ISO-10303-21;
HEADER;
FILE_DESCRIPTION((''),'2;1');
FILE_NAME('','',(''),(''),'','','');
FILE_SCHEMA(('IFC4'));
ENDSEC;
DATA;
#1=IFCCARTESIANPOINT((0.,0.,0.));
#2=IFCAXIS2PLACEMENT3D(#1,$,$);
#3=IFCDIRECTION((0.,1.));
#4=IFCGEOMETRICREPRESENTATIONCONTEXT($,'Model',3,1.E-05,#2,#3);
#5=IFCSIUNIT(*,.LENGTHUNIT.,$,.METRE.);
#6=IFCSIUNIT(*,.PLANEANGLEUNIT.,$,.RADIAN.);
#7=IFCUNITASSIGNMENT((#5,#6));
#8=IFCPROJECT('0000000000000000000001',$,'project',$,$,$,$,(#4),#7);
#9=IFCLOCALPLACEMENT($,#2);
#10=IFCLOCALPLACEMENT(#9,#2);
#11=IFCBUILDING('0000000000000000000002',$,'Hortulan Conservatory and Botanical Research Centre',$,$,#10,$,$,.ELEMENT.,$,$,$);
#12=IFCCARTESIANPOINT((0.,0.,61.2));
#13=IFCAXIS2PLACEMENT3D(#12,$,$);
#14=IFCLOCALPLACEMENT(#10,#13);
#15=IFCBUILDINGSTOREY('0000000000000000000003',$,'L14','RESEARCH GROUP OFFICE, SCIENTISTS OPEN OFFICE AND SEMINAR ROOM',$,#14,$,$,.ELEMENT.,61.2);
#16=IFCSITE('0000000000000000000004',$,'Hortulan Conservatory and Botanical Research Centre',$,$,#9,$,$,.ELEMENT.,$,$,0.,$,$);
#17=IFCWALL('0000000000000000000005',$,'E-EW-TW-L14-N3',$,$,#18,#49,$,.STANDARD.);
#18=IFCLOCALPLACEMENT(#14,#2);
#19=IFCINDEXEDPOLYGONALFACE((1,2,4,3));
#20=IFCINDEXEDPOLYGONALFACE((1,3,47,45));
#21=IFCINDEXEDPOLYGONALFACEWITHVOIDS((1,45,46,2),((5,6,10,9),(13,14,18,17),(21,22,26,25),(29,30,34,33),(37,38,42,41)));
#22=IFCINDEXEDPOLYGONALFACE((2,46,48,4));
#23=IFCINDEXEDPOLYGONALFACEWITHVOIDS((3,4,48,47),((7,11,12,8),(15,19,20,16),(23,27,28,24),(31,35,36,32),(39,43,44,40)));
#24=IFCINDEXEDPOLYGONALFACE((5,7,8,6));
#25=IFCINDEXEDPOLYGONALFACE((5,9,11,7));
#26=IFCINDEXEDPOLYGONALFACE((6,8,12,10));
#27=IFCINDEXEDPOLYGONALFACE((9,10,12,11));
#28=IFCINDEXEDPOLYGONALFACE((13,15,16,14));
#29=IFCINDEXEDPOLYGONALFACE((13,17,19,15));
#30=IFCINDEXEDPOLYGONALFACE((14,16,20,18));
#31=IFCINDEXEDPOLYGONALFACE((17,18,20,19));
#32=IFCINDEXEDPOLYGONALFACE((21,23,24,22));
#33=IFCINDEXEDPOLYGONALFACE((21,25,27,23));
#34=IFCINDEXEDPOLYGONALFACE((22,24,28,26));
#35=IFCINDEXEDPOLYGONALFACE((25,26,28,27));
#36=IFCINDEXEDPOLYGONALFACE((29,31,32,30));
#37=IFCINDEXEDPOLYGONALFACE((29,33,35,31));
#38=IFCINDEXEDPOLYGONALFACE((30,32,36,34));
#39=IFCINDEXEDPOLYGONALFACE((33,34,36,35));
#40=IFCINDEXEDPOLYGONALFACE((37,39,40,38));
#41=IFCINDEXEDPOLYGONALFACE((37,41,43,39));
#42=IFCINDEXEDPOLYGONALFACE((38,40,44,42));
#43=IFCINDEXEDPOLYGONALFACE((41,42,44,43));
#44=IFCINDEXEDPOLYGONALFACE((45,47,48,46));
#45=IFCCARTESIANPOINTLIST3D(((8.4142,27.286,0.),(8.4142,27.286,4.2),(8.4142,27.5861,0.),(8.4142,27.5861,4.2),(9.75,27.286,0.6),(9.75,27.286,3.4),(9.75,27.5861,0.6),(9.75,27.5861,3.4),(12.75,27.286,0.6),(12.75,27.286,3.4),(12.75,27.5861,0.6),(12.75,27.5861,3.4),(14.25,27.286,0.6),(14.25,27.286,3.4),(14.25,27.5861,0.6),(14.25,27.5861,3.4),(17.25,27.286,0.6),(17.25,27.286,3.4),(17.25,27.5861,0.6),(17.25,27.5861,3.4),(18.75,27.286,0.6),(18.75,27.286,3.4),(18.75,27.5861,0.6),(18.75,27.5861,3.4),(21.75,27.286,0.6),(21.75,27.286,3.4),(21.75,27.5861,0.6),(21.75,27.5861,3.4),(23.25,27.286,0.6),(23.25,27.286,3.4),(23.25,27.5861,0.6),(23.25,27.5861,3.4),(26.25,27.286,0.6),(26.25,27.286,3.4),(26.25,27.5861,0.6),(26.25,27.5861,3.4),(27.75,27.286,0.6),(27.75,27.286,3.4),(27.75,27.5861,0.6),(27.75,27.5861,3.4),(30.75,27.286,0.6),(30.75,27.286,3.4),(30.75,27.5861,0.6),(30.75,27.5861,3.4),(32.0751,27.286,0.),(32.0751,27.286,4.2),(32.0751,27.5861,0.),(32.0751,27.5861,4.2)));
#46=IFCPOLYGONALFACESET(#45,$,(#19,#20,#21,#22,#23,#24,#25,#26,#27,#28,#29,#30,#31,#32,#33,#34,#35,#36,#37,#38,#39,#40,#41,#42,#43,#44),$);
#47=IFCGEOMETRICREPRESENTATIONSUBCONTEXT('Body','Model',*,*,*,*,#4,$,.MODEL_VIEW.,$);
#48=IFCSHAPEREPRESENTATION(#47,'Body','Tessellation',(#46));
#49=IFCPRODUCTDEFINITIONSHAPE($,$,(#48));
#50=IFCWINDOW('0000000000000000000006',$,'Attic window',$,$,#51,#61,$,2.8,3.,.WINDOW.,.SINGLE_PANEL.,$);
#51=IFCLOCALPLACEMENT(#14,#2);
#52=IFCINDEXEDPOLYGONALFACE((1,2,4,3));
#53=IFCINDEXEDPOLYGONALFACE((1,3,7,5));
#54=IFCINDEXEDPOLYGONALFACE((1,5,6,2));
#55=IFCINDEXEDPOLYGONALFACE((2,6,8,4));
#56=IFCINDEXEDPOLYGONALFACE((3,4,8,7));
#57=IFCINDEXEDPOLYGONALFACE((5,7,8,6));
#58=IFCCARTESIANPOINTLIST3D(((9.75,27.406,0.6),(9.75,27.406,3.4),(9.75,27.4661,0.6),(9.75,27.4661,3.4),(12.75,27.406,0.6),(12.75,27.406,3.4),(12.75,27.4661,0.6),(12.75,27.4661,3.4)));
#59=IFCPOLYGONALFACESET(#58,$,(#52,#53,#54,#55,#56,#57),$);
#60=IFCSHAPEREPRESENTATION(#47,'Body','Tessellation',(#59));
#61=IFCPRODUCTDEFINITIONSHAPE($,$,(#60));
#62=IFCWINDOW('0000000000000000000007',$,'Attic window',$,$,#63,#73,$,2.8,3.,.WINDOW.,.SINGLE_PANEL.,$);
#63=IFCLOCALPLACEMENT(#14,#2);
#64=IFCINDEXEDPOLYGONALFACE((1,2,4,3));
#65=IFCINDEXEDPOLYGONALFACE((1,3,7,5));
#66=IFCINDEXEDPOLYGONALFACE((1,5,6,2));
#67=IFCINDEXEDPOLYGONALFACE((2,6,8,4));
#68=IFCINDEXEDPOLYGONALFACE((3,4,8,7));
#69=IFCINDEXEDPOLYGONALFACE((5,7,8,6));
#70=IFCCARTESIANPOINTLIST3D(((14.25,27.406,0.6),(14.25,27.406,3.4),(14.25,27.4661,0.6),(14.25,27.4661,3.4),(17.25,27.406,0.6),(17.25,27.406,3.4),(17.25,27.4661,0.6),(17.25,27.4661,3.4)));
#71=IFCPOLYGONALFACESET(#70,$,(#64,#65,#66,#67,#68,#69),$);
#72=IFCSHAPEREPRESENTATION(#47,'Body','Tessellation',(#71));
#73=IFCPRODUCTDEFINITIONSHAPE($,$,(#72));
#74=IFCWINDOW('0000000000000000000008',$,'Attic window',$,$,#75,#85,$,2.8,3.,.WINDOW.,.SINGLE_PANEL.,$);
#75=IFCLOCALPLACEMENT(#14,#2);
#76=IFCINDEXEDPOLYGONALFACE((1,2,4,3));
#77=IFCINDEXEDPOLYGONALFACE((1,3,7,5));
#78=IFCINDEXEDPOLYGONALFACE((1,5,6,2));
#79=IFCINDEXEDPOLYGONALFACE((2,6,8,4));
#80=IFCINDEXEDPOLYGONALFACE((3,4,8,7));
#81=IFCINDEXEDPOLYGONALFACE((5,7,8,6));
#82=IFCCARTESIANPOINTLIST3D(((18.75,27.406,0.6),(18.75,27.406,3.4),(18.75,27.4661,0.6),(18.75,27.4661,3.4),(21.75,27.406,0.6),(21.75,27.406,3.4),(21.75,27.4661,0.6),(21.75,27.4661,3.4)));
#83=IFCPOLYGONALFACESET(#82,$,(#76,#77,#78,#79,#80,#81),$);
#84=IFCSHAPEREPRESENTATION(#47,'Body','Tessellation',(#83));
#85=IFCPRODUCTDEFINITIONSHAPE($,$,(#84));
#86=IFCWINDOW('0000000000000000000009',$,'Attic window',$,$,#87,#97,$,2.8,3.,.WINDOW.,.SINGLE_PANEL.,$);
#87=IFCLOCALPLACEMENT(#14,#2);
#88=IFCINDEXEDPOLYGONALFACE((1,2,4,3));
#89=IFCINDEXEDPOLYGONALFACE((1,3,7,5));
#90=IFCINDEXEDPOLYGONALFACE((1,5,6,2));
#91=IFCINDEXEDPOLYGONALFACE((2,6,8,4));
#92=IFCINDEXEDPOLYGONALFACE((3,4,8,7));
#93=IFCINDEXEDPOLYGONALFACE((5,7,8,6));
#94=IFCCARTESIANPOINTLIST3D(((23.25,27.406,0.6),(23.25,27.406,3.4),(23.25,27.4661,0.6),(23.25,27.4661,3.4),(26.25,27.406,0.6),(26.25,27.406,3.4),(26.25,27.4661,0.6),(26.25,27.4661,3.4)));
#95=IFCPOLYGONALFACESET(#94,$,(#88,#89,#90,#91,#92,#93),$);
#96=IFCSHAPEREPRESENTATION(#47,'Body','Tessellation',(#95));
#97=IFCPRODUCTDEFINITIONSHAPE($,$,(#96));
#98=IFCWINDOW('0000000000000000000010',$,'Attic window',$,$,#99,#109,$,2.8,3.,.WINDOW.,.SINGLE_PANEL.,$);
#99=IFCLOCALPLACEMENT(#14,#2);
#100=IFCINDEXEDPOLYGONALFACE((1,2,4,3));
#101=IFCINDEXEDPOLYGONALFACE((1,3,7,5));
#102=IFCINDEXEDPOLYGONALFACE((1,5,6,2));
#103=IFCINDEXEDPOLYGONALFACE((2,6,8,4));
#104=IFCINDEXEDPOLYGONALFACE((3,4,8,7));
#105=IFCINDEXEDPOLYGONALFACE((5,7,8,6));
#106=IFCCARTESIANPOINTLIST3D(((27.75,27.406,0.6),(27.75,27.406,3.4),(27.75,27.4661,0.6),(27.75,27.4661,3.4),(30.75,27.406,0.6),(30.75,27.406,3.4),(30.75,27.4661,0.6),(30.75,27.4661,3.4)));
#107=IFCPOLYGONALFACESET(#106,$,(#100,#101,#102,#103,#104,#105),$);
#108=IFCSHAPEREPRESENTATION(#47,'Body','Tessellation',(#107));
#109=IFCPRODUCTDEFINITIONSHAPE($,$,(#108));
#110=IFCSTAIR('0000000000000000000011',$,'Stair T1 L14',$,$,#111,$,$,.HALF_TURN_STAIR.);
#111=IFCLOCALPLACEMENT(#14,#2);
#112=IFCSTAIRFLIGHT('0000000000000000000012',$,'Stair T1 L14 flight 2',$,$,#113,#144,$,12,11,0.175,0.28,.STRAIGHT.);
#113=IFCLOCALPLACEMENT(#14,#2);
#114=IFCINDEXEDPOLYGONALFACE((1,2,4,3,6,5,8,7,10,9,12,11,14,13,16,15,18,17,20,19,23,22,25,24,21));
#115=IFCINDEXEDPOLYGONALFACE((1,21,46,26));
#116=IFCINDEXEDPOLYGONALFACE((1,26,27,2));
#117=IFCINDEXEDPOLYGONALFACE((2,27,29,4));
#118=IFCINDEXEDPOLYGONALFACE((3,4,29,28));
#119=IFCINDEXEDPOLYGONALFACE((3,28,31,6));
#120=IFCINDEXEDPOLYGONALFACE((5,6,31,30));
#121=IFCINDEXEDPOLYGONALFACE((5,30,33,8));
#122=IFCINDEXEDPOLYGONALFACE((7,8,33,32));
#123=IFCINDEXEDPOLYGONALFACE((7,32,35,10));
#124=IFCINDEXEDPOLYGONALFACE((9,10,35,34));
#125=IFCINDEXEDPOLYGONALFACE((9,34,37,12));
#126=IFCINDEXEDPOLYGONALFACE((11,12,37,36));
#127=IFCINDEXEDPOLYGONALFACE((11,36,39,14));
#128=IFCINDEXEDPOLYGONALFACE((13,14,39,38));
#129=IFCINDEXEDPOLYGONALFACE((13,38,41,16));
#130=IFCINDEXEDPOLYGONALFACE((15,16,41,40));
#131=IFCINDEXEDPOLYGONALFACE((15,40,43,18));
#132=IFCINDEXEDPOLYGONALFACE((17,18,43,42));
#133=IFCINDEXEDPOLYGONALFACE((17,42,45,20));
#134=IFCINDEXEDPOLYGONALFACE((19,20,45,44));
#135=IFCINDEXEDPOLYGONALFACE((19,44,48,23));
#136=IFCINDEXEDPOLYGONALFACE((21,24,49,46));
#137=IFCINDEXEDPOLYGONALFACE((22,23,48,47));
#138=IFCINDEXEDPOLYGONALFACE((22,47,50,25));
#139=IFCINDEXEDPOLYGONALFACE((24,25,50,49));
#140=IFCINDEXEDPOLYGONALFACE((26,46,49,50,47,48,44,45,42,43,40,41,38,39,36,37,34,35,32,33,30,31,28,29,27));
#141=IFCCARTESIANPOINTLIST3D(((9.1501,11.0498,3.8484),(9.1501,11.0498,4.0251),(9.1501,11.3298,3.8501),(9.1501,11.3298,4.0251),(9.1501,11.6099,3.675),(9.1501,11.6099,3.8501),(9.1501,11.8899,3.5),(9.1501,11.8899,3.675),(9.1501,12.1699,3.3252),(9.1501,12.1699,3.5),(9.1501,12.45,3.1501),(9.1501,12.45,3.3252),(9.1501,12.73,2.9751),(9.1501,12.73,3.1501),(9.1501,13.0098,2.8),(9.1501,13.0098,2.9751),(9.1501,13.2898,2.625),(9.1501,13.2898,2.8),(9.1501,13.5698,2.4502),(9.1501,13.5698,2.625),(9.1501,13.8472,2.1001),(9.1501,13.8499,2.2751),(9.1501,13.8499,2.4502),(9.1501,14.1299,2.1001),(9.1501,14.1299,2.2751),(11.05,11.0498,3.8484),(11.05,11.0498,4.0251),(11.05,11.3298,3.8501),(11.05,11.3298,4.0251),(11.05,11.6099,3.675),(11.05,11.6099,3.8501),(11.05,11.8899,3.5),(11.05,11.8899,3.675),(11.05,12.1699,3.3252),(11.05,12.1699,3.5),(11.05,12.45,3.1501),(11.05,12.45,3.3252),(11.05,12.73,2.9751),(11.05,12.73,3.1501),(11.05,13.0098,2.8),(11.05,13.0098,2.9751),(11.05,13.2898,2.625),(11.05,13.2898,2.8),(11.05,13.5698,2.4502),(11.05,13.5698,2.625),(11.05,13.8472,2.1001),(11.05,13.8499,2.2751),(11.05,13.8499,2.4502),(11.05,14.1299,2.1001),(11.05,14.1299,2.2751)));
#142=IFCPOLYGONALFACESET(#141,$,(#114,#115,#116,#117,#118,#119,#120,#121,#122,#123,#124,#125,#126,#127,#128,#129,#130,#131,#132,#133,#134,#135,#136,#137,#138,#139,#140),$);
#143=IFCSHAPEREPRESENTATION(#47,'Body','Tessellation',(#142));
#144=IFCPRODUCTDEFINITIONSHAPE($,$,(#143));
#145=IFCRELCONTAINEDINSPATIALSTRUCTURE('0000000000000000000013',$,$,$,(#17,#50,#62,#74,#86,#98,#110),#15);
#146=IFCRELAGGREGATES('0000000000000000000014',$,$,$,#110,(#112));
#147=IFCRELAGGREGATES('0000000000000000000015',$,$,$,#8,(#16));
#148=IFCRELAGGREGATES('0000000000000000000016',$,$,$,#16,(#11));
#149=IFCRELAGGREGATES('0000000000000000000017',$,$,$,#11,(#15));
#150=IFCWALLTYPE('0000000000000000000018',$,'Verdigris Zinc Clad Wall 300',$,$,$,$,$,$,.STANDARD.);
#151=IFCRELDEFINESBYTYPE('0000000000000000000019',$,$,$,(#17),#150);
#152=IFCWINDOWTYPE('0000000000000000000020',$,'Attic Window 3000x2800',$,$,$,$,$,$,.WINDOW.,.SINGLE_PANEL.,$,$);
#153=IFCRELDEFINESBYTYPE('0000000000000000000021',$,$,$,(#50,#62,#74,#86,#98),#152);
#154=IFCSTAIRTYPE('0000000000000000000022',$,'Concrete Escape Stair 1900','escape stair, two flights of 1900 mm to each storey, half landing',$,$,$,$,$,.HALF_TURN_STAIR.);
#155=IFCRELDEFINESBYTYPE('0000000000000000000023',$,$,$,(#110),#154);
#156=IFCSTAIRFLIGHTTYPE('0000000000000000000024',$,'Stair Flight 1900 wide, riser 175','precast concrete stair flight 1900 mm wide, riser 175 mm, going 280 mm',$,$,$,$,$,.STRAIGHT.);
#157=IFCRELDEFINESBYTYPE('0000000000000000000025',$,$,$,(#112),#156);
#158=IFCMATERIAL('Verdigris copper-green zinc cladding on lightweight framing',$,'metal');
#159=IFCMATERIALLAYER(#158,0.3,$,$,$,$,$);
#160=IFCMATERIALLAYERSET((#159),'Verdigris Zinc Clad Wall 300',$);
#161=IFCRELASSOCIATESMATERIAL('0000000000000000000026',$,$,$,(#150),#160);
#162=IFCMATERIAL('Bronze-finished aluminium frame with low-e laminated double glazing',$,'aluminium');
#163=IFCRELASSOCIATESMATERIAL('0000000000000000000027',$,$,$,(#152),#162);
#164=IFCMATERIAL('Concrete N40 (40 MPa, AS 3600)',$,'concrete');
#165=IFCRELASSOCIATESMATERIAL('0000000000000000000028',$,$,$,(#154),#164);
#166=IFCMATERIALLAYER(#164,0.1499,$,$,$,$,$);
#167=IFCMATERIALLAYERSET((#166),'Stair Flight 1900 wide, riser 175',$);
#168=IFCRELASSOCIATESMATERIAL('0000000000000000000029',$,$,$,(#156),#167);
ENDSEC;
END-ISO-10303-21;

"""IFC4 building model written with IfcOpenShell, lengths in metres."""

from ifc_helpers import new_model, si_unit, direction, frame, frame_2d, origin, place, context, subcontext, project, spatial, polyline, rectangle, outline, extrude, material, layer, layer_set, type_object, element, fill, aggregate, save


model = new_model("IFC4")

# Units and contexts
model_context = context("Model", 3, precision=1e-05, world=origin(), true_north=direction((0.0, 1.0)))
body_context = subcontext(model_context, "Body", "Model", "MODEL_VIEW")
ifc_project = project(units=[si_unit("LENGTHUNIT", "METRE"), si_unit("PLANEANGLEUNIT", "RADIAN")], contexts=[model_context])

# Site, building, storey
site_placement = place(None, origin())
site = spatial("IfcSite", under=ifc_project, at=site_placement, Name="Hortulan Conservatory and Botanical Research Centre", CompositionType="ELEMENT", RefElevation=0.0)
building_placement = place(site_placement, origin())
building = spatial("IfcBuilding", under=site, at=building_placement, Name="Hortulan Conservatory and Botanical Research Centre", CompositionType="ELEMENT")
storey_placement = place(building_placement, frame((0.0, 0.0, 61.2)))
storey = spatial("IfcBuildingStorey", under=building, at=storey_placement, Name="L14", Description="RESEARCH GROUP OFFICE, SCIENTISTS OPEN OFFICE AND SEMINAR ROOM", CompositionType="ELEMENT", Elevation=61.2)

# Shared definitions
ifc_material_1 = material(Name="Concrete N40 (40 MPa, AS 3600)", Category="concrete")

# Wall, openings, windows
ifc_material_2 = material(Name="Verdigris copper-green zinc cladding on lightweight framing", Category="metal")
ifc_layer_1 = layer(ifc_material_2, 0.3)
ifc_layer_set_1 = layer_set([ifc_layer_1], Name="Verdigris Zinc Clad Wall 300")
wall_type_1 = type_object("IfcWallType", Name="Verdigris Zinc Clad Wall 300", PredefinedType="STANDARD", material=ifc_layer_set_1)
wall_1_placement = place(storey_placement, frame((8.4141, 27.436, 0.0), z_axis=(0.0, 0.0, 1.0), x_axis=(1.0, 0.0, 0.0)))
wall_1 = element("IfcWall", 1, at=wall_1_placement, inside=storey, type_object=wall_type_1, Name="E-EW-TW-L14-N3", PredefinedType="STANDARD", context=body_context, shape_type="SweptSolid", body=[
    extrude(rectangle(XDim=23.6609, YDim=0.3, at=frame_2d((11.8306, 0.0))), origin(), (0.0, 0.0, 1.0), 4.2),
])
opening_1_placement = place(wall_1_placement, frame((1.3359, 0.0, 0.6001)))
opening_1 = element("IfcOpeningElement", 2, at=opening_1_placement, cuts=wall_1, PredefinedType="OPENING", context=body_context, shape_type="SweptSolid", body=[
    extrude(rectangle(XDim=3.0, YDim=2.8, at=frame_2d((1.5, 1.3999))), frame((0.0, 0.1599, 0.0), z_axis=(0.0, -1.0, 0.0), x_axis=(1.0, 0.0, 0.0)), (0.0, 0.0, 1.0), 0.3201),
])
opening_2_placement = place(wall_1_placement, frame((5.8359, 0.0, 0.6001)))
opening_2 = element("IfcOpeningElement", 3, at=opening_2_placement, cuts=wall_1, PredefinedType="OPENING", context=body_context, shape_type="SweptSolid", body=[
    extrude(rectangle(XDim=3.0, YDim=2.8, at=frame_2d((1.5, 1.3999))), frame((0.0, 0.1599, 0.0), z_axis=(0.0, -1.0, 0.0), x_axis=(1.0, 0.0, 0.0)), (0.0, 0.0, 1.0), 0.3201),
])
opening_3_placement = place(wall_1_placement, frame((10.3359, 0.0, 0.6001)))
opening_3 = element("IfcOpeningElement", 4, at=opening_3_placement, cuts=wall_1, PredefinedType="OPENING", context=body_context, shape_type="SweptSolid", body=[
    extrude(rectangle(XDim=3.0, YDim=2.8, at=frame_2d((1.5, 1.3999))), frame((0.0, 0.1599, 0.0), z_axis=(0.0, -1.0, 0.0), x_axis=(1.0, 0.0, 0.0)), (0.0, 0.0, 1.0), 0.3201),
])
opening_4_placement = place(wall_1_placement, frame((14.8359, 0.0, 0.6001)))
opening_4 = element("IfcOpeningElement", 5, at=opening_4_placement, cuts=wall_1, PredefinedType="OPENING", context=body_context, shape_type="SweptSolid", body=[
    extrude(rectangle(XDim=3.0, YDim=2.8, at=frame_2d((1.5, 1.3999))), frame((0.0, 0.1599, 0.0), z_axis=(0.0, -1.0, 0.0), x_axis=(1.0, 0.0, 0.0)), (0.0, 0.0, 1.0), 0.3201),
])
opening_5_placement = place(wall_1_placement, frame((19.3359, 0.0, 0.6001)))
opening_5 = element("IfcOpeningElement", 6, at=opening_5_placement, cuts=wall_1, PredefinedType="OPENING", context=body_context, shape_type="SweptSolid", body=[
    extrude(rectangle(XDim=3.0, YDim=2.8, at=frame_2d((1.5, 1.3999))), frame((0.0, 0.1599, 0.0), z_axis=(0.0, -1.0, 0.0), x_axis=(1.0, 0.0, 0.0)), (0.0, 0.0, 1.0), 0.3201),
])
ifc_material_3 = material(Name="Bronze-finished aluminium frame with low-e laminated double glazing", Category="aluminium")
window_type = type_object("IfcWindowType", Name="Attic Window 3000x2800", PartitioningType="SINGLE_PANEL", PredefinedType="WINDOW", material=ifc_material_3)
window_1_placement = place(opening_1_placement, origin())
window_1 = element("IfcWindow", 7, at=window_1_placement, inside=storey, type_object=window_type, Name="Attic window", OverallHeight=2.8, OverallWidth=3.0, PartitioningType="SINGLE_PANEL", PredefinedType="WINDOW", context=body_context, shape_type="SweptSolid", body=[
    extrude(rectangle(XDim=3.0, YDim=2.8, at=frame_2d((1.5, 1.3999))), frame((0.0, 0.03, 0.0), z_axis=(0.0, -1.0, 0.0), x_axis=(1.0, 0.0, 0.0)), (0.0, 0.0, 1.0), 0.0601),
])
fill(opening_1, window_1)
window_2_placement = place(opening_2_placement, origin())
window_2 = element("IfcWindow", 8, at=window_2_placement, inside=storey, type_object=window_type, Name="Attic window", OverallHeight=2.8, OverallWidth=3.0, PartitioningType="SINGLE_PANEL", PredefinedType="WINDOW", context=body_context, shape_type="SweptSolid", body=[
    extrude(rectangle(XDim=3.0, YDim=2.8, at=frame_2d((1.5, 1.3999))), frame((0.0, 0.03, 0.0), z_axis=(0.0, -1.0, 0.0), x_axis=(1.0, 0.0, 0.0)), (0.0, 0.0, 1.0), 0.0601),
])
fill(opening_2, window_2)
window_3_placement = place(opening_3_placement, origin())
window_3 = element("IfcWindow", 9, at=window_3_placement, inside=storey, type_object=window_type, Name="Attic window", OverallHeight=2.8, OverallWidth=3.0, PartitioningType="SINGLE_PANEL", PredefinedType="WINDOW", context=body_context, shape_type="SweptSolid", body=[
    extrude(rectangle(XDim=3.0, YDim=2.8, at=frame_2d((1.5, 1.3999))), frame((0.0, 0.03, 0.0), z_axis=(0.0, -1.0, 0.0), x_axis=(1.0, 0.0, 0.0)), (0.0, 0.0, 1.0), 0.0601),
])
fill(opening_3, window_3)
window_4_placement = place(opening_4_placement, origin())
window_4 = element("IfcWindow", 10, at=window_4_placement, inside=storey, type_object=window_type, Name="Attic window", OverallHeight=2.8, OverallWidth=3.0, PartitioningType="SINGLE_PANEL", PredefinedType="WINDOW", context=body_context, shape_type="SweptSolid", body=[
    extrude(rectangle(XDim=3.0, YDim=2.8, at=frame_2d((1.5, 1.3999))), frame((0.0, 0.03, 0.0), z_axis=(0.0, -1.0, 0.0), x_axis=(1.0, 0.0, 0.0)), (0.0, 0.0, 1.0), 0.0601),
])
fill(opening_4, window_4)
window_5_placement = place(opening_5_placement, origin())
window_5 = element("IfcWindow", 11, at=window_5_placement, inside=storey, type_object=window_type, Name="Attic window", OverallHeight=2.8, OverallWidth=3.0, PartitioningType="SINGLE_PANEL", PredefinedType="WINDOW", context=body_context, shape_type="SweptSolid", body=[
    extrude(rectangle(XDim=3.0, YDim=2.8, at=frame_2d((1.5, 1.3999))), frame((0.0, 0.03, 0.0), z_axis=(0.0, -1.0, 0.0), x_axis=(1.0, 0.0, 0.0)), (0.0, 0.0, 1.0), 0.0601),
])
fill(opening_5, window_5)

# Stair, stair flight
stair_type = type_object("IfcStairType", Name="Concrete Escape Stair 1900", Description="escape stair, two flights of 1900 mm to each storey, half landing", PredefinedType="HALF_TURN_STAIR", material=ifc_material_1)
stair_placement = place(storey_placement, origin())
stair = element("IfcStair", 12, at=stair_placement, inside=storey, type_object=stair_type, Name="Stair T1 L14", PredefinedType="HALF_TURN_STAIR")
ifc_layer_2 = layer(ifc_material_1, 0.1499)
ifc_layer_set_2 = layer_set([ifc_layer_2], Name="Stair Flight 1900 wide, riser 175")
stair_flight_type = type_object("IfcStairFlightType", Name="Stair Flight 1900 wide, riser 175", Description="precast concrete stair flight 1900 mm wide, riser 175 mm, going 280 mm", PredefinedType="STRAIGHT", material=ifc_layer_set_2)
stair_flight_placement = place(storey_placement, frame((10.1001, 14.1299, 2.1001), z_axis=(0.0, 0.0, 1.0), x_axis=(0.0, -1.0, 0.0)))
stair_flight = element("IfcStairFlight", 13, at=stair_flight_placement, type_object=stair_flight_type, Name="Stair T1 L14 flight 2", NumberOfRisers=12, NumberOfTreads=11, PredefinedType="STRAIGHT", RiserHeight=0.175, TreadLength=0.28, context=body_context, shape_type="SweptSolid", body=[
    extrude(outline(polyline([(0.0, 0.0), (0.0, 0.175), (0.28, 0.175), (0.28, 0.3501), (0.5601, 0.3501), (0.5601, 0.5249), (0.8401, 0.5249), (0.8401, 0.7), (1.1201, 0.7), (1.1201, 0.875), (1.3999, 0.875), (1.3999, 1.05), (1.6799, 1.05), (1.6799, 1.2251), (1.96, 1.2251), (1.96, 1.3999), (2.24, 1.3999), (2.24, 1.575), (2.52, 1.575), (2.52, 1.75), (2.8, 1.75), (2.8, 1.925), (3.0801, 1.925), (3.0801, 2.1001), (3.0801, 1.7483), (0.2827, 0.0), (0.0, 0.0)])), frame((0.0, 0.95, 0.0), z_axis=(0.0, -1.0, 0.0), x_axis=(1.0, 0.0, 0.0)), (0.0, 0.0, 1.0), 1.8999),
])
aggregate(stair, [stair_flight])

save(model, "model.ifc")
